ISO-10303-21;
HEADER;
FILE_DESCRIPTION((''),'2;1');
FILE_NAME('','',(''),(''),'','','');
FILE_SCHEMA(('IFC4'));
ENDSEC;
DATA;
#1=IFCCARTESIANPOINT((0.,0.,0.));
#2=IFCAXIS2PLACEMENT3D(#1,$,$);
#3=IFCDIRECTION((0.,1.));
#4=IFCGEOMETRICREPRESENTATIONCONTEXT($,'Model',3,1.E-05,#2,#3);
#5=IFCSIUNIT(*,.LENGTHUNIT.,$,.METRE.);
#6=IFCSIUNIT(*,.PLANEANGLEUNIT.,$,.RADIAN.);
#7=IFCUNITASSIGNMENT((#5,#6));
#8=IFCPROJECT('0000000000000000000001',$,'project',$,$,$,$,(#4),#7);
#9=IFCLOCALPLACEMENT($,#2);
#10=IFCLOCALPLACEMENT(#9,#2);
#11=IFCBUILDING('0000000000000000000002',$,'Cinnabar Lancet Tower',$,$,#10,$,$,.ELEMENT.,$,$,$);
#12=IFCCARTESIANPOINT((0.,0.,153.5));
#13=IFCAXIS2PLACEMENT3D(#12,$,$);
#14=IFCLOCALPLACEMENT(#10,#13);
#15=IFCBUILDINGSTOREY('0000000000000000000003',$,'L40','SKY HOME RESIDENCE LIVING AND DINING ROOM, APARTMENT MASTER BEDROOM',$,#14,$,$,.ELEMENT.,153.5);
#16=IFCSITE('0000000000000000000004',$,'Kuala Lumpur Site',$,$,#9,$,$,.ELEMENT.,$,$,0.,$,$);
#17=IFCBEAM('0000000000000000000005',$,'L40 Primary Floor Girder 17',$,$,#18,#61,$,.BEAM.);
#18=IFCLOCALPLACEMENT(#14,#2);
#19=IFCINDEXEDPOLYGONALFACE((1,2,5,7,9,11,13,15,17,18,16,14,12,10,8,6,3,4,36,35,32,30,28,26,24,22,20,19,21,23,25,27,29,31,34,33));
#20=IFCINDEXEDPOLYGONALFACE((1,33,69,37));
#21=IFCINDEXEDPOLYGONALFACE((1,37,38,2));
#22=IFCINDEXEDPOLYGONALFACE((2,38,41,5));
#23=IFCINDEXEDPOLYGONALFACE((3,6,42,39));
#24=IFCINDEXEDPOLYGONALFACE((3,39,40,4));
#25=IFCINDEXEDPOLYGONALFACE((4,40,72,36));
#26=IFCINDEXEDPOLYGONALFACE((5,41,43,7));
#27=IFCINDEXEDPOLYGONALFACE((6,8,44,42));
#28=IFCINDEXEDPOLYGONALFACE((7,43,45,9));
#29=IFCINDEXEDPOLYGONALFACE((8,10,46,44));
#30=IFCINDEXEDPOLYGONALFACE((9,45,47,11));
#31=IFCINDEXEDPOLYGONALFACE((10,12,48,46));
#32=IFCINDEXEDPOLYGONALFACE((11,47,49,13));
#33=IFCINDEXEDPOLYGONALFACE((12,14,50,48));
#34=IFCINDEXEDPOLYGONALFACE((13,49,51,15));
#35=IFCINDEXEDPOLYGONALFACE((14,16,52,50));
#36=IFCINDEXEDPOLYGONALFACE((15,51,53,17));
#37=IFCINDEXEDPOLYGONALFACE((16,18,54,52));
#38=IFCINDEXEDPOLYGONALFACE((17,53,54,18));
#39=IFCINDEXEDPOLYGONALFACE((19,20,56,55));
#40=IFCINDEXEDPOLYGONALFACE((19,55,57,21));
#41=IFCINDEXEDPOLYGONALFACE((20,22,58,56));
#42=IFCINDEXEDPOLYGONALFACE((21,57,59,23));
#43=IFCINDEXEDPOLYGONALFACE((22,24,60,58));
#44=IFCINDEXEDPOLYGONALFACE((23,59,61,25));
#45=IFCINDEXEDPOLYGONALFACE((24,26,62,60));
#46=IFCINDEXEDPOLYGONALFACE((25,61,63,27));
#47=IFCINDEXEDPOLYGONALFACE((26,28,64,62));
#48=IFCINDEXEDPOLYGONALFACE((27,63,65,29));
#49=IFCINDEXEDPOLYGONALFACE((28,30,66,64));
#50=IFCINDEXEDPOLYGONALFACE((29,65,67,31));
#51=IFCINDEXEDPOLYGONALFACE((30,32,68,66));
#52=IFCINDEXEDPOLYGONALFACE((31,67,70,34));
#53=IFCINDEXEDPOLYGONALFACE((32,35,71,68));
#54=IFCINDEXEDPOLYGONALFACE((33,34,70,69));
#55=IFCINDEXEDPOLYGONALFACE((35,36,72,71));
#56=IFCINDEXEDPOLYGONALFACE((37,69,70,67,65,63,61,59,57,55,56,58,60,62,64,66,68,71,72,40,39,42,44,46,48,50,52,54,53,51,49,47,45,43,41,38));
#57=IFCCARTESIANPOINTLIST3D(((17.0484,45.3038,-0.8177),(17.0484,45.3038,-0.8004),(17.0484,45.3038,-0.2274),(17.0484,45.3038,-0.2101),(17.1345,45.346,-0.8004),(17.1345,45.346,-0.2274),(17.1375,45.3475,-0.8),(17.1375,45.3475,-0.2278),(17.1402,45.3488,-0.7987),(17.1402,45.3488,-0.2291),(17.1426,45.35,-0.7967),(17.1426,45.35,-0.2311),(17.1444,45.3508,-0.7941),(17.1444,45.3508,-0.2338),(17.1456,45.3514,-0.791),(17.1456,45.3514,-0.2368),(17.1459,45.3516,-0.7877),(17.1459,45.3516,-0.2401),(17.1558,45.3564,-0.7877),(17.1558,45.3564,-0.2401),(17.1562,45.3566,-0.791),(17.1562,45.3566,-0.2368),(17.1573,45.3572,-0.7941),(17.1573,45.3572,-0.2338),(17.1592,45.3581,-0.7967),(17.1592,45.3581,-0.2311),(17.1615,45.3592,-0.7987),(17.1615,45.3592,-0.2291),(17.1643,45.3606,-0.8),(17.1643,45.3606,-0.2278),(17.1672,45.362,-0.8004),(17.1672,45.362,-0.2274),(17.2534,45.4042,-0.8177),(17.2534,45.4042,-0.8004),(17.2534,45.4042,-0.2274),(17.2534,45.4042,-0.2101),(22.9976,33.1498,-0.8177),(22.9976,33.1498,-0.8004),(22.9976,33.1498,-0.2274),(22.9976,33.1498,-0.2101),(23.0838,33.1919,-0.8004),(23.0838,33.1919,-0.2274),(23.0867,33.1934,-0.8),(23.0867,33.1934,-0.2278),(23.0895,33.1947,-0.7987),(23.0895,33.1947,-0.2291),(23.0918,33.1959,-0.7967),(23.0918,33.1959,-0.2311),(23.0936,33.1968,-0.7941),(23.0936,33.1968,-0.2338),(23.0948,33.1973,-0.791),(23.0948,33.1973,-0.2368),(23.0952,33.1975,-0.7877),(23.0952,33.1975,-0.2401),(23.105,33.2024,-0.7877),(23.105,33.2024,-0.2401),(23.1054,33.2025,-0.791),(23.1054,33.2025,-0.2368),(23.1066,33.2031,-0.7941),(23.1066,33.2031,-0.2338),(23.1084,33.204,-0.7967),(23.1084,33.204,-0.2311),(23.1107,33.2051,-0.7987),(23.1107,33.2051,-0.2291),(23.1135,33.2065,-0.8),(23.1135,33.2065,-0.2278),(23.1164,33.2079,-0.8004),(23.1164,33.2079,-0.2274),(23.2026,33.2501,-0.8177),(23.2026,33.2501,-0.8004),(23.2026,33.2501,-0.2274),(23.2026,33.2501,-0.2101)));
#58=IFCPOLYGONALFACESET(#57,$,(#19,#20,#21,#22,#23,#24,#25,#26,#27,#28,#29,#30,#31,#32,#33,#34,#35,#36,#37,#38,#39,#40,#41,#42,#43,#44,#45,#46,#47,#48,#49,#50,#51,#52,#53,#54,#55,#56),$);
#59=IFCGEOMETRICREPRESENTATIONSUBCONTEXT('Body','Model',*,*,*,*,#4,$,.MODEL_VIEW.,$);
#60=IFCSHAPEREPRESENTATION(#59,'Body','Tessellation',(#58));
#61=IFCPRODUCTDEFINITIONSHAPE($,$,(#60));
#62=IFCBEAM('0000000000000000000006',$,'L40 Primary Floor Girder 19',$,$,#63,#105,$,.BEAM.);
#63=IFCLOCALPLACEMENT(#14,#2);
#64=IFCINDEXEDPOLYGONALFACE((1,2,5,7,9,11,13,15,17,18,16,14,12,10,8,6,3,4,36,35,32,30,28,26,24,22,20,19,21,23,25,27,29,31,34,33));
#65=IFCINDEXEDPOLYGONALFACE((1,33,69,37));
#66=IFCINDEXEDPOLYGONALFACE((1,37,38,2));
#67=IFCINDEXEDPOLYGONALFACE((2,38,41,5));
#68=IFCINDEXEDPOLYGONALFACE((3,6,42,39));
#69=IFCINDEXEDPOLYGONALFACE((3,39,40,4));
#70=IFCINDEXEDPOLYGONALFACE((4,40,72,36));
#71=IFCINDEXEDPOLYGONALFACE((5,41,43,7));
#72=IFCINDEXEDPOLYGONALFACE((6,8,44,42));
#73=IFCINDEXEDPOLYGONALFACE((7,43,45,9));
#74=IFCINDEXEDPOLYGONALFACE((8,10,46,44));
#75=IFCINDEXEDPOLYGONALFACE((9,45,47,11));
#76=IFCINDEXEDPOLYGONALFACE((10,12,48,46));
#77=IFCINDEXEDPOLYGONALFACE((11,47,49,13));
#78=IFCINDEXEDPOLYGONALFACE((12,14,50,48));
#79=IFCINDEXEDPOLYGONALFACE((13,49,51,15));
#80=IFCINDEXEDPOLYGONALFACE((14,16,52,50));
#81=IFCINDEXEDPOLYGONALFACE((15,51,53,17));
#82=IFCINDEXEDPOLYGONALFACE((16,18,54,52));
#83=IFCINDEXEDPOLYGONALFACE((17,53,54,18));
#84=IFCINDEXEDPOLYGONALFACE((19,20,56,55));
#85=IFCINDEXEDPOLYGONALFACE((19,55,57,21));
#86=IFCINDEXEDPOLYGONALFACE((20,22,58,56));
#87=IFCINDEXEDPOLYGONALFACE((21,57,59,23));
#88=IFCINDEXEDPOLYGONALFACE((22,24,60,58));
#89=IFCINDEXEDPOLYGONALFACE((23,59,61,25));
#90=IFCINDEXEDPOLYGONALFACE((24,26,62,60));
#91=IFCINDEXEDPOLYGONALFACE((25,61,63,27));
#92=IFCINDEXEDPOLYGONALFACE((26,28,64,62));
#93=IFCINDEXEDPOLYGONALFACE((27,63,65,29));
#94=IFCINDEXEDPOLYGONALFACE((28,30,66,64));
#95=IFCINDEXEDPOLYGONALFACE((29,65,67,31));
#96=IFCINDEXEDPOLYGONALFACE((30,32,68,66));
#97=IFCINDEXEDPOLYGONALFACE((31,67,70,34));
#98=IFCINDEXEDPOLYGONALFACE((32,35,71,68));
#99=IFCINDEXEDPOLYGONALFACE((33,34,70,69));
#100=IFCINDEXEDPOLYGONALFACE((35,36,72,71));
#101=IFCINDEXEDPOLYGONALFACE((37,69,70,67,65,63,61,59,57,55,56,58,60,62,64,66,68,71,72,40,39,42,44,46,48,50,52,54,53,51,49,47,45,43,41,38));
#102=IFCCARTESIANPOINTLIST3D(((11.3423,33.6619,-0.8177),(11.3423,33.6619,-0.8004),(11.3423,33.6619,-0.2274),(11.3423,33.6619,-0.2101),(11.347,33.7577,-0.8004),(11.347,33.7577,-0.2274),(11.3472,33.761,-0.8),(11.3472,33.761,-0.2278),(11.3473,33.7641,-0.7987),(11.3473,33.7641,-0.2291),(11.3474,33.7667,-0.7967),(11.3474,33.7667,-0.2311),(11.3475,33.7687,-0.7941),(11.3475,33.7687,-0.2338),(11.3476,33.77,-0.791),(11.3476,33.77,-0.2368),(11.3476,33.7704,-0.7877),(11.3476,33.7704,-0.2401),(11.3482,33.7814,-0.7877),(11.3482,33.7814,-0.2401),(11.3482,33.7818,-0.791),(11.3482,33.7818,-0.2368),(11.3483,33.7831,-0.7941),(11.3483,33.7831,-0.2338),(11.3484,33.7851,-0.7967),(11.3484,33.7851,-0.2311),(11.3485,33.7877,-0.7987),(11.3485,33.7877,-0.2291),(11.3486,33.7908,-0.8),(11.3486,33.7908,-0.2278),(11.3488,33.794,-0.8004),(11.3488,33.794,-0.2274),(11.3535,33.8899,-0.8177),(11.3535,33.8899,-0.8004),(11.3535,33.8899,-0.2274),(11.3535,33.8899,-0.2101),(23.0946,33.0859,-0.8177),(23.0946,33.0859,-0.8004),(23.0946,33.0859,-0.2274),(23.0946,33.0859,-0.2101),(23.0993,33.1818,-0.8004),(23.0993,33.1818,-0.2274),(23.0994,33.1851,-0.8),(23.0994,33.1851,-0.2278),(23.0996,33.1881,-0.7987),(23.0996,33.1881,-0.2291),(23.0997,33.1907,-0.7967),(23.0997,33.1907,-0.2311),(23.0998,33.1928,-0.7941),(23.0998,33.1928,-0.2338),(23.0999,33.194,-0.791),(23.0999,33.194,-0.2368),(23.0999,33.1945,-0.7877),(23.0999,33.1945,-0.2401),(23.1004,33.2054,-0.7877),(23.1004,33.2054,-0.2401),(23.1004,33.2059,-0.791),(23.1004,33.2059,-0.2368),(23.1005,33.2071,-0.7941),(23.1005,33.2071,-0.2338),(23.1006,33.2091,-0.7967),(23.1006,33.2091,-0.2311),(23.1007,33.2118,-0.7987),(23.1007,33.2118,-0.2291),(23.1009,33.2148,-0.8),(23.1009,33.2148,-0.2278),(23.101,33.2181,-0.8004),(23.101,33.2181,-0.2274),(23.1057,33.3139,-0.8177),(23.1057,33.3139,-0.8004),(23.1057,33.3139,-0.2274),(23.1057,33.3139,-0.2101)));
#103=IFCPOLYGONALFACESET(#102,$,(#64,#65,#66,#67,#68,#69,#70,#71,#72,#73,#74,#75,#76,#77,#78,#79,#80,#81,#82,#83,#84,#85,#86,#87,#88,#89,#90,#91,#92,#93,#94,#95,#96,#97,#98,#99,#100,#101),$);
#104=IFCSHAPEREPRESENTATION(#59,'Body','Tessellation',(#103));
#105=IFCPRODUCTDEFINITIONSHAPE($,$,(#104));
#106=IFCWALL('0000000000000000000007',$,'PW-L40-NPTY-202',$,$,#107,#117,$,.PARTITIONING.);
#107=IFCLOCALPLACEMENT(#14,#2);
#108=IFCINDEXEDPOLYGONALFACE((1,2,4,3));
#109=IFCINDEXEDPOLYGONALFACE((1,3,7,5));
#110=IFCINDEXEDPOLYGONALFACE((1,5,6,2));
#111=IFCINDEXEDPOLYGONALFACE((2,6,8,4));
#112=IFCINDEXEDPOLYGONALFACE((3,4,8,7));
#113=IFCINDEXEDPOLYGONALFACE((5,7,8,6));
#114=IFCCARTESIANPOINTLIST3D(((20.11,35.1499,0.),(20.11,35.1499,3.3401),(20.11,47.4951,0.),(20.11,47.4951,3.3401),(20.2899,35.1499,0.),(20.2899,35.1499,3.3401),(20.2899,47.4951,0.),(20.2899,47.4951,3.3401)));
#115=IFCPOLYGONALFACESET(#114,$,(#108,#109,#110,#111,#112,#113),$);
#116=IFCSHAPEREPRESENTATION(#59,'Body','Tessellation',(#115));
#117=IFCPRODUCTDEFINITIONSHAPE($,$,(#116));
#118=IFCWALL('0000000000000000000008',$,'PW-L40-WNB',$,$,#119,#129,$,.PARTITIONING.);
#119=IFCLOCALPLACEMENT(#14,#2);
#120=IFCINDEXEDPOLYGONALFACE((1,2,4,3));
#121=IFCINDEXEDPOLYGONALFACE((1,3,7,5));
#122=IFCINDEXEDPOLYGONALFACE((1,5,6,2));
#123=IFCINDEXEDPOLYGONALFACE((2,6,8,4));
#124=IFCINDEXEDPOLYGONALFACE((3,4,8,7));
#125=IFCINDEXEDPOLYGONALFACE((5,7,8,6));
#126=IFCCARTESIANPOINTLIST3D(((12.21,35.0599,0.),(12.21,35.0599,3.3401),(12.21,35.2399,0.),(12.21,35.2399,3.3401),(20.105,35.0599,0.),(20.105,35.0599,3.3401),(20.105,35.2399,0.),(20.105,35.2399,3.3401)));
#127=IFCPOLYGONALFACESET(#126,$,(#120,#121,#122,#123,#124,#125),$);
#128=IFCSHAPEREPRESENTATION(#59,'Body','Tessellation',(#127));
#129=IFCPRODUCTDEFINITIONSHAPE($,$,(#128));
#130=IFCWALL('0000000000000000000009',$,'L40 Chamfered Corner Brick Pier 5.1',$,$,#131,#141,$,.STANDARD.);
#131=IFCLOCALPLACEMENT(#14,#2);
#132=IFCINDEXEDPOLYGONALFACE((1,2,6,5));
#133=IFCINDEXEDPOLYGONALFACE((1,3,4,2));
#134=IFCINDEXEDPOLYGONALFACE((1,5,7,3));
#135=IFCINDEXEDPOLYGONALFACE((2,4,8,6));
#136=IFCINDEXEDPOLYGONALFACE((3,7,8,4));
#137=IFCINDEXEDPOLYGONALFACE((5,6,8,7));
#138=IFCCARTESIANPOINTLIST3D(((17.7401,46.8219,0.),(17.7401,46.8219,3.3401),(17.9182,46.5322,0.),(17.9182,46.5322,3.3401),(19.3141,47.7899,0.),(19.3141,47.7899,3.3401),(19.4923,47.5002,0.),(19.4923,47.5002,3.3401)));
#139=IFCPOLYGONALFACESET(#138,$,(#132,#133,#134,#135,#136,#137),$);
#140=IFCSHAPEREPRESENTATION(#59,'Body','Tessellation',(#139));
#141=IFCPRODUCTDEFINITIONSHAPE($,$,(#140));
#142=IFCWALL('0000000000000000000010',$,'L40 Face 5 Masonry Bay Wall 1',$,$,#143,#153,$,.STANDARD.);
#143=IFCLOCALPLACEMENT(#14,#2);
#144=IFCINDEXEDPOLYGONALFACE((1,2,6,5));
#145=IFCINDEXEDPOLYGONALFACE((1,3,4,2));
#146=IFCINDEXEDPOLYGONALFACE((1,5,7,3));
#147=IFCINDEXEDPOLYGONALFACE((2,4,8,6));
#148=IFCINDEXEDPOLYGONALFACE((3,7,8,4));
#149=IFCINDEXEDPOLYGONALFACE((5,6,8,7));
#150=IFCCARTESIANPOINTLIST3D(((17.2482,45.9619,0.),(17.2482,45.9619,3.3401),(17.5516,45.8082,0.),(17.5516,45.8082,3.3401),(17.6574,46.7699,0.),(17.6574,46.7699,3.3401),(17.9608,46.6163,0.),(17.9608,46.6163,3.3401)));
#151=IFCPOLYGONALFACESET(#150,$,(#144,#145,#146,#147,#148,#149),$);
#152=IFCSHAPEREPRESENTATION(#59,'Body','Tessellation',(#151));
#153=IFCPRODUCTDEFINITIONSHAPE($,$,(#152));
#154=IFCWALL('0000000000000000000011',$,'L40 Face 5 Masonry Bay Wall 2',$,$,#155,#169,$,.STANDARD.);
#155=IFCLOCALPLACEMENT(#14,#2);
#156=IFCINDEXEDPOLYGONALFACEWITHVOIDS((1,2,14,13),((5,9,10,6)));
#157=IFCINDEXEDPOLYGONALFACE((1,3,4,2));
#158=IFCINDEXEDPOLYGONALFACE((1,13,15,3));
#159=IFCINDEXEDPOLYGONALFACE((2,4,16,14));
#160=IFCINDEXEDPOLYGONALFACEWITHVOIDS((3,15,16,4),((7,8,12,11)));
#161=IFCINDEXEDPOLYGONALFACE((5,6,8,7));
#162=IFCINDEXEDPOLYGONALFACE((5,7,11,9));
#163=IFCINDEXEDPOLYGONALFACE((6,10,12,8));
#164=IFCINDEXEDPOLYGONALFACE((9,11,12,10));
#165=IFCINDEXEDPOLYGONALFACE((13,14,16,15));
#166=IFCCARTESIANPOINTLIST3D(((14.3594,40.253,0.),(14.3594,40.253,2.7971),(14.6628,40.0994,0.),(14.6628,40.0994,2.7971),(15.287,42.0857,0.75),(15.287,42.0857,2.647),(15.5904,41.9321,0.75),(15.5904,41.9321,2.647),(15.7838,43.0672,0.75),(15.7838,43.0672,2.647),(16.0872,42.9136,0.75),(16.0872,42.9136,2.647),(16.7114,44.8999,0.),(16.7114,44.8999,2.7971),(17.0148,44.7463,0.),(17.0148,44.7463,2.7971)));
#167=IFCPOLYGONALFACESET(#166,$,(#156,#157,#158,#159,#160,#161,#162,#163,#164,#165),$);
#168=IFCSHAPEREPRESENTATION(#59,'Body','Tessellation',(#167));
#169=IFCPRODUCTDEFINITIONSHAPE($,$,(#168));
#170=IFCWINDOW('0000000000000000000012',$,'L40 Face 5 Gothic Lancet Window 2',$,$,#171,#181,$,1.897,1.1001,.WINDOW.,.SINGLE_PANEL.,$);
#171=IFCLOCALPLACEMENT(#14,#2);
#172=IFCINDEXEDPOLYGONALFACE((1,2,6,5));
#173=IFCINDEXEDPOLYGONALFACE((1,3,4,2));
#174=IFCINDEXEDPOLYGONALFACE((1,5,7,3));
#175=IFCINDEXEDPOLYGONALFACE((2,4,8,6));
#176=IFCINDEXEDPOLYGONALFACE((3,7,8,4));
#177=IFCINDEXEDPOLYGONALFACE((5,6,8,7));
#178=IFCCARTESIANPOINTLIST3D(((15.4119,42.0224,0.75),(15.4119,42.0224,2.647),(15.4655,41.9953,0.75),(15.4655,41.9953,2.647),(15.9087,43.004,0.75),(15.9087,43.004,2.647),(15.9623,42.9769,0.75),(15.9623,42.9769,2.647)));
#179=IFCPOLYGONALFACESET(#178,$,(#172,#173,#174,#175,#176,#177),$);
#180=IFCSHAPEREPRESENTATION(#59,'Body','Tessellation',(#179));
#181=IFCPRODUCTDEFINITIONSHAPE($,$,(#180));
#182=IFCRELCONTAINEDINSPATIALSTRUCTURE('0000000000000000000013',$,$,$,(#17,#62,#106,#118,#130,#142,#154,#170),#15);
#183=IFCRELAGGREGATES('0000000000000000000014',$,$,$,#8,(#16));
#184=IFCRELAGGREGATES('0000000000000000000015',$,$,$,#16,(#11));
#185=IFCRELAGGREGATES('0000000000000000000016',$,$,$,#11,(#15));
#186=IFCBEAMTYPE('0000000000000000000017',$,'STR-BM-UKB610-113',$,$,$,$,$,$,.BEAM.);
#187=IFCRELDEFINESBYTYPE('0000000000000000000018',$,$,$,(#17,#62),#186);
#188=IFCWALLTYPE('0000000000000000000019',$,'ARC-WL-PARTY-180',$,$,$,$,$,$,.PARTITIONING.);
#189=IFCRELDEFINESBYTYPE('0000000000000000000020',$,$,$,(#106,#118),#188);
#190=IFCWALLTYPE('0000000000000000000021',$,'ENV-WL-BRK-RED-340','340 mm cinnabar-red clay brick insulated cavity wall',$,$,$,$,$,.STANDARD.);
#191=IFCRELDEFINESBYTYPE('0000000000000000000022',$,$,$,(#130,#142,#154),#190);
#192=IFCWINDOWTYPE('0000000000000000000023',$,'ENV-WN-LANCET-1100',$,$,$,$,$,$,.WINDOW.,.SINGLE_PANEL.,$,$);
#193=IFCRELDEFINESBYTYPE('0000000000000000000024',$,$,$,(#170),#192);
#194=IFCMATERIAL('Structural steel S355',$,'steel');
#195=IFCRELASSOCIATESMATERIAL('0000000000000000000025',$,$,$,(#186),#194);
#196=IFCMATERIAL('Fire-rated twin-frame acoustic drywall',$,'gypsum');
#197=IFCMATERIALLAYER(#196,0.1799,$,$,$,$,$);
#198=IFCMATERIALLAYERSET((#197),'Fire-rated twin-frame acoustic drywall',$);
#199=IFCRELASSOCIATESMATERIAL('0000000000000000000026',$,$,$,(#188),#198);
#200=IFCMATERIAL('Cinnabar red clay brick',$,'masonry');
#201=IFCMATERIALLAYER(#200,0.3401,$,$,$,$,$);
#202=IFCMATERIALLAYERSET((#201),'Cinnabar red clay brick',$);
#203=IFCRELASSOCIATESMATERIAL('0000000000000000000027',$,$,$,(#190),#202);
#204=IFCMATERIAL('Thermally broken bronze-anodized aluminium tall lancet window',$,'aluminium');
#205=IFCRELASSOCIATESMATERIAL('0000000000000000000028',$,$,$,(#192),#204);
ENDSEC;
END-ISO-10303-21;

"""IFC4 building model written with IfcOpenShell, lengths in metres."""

from ifc_helpers import new_model, si_unit, direction, frame, frame_2d, origin, origin_2d, place, context, subcontext, project, spatial, rectangle, i_section, extrude, material, layer, layer_set, material_profile, profile_set, type_object, element, fill, save


model = new_model("IFC4")

# Units and contexts
model_context = context("Model", 3, precision=1e-05, world=origin(), true_north=direction((0.0, 1.0)))
body_context = subcontext(model_context, "Body", "Model", "MODEL_VIEW")
ifc_project = project(units=[si_unit("LENGTHUNIT", "METRE"), si_unit("PLANEANGLEUNIT", "RADIAN")], contexts=[model_context])

# Site, building, storey
site_placement = place(None, origin())
site = spatial("IfcSite", under=ifc_project, at=site_placement, Name="Kuala Lumpur Site", CompositionType="ELEMENT", RefElevation=0.0)
building_placement = place(site_placement, origin())
building = spatial("IfcBuilding", under=site, at=building_placement, Name="Cinnabar Lancet Tower", CompositionType="ELEMENT")
storey_placement = place(building_placement, frame((0.0, 0.0, 153.5)))
storey = spatial("IfcBuildingStorey", under=building, at=storey_placement, Name="L40", Description="SKY HOME RESIDENCE LIVING AND DINING ROOM, APARTMENT MASTER BEDROOM", CompositionType="ELEMENT", Elevation=153.5)

# Beams
ifc_material_1 = material(Name="Structural steel S355", Category="steel")
ifc_material_profile_1 = material_profile(ifc_material_1, i_section(OverallWidth=0.2283, OverallDepth=0.6077, WebThickness=0.011, FlangeThickness=0.0173, FilletRadius=0.0127, at=origin_2d()), Name="UKB 610x229x113")
ifc_profile_set_1 = profile_set([ifc_material_profile_1], Name="Structural steel S355")
beam_type_1 = type_object("IfcBeamType", Name="STR-BM-UKB610-113", PredefinedType="BEAM", material=ifc_profile_set_1)
beam_1_placement = place(storey_placement, frame((17.1509, 45.354, -0.5139), z_axis=(0.439642, -0.898173, 0.0), x_axis=(0.898173, 0.439642, 0.0)))
element("IfcBeam", 1, at=beam_1_placement, inside=storey, type_object=beam_type_1, Name="L40 Primary Floor Girder 17", PredefinedType="BEAM", context=body_context, shape_type="SweptSolid", body=[
    extrude(i_section(OverallWidth=0.2283, OverallDepth=0.6077, WebThickness=0.011, FlangeThickness=0.0173, FilletRadius=0.0127, at=origin_2d()), origin(), (0.0, 0.0, 1.0), 13.532),
])
beam_2_placement = place(storey_placement, frame((11.3479, 33.7759, -0.5139), z_axis=(0.998801, -0.048947, 0.0), x_axis=(0.048947, 0.998801, 0.0)))
element("IfcBeam", 2, at=beam_2_placement, inside=storey, type_object=beam_type_1, Name="L40 Primary Floor Girder 19", PredefinedType="BEAM", context=body_context, shape_type="SweptSolid", body=[
    extrude(i_section(OverallWidth=0.2283, OverallDepth=0.6077, WebThickness=0.011, FlangeThickness=0.0173, FilletRadius=0.0127, at=origin_2d()), origin(), (0.0, 0.0, 1.0), 11.7664),
])

# Walls
ifc_material_2 = material(Name="Fire-rated twin-frame acoustic drywall", Category="gypsum")
ifc_layer_1 = layer(ifc_material_2, 0.1799)
ifc_layer_set_1 = layer_set([ifc_layer_1], Name="Fire-rated twin-frame acoustic drywall")
wall_type_1 = type_object("IfcWallType", Name="ARC-WL-PARTY-180", PredefinedType="PARTITIONING", material=ifc_layer_set_1)
wall_1_placement = place(storey_placement, frame((20.2, 35.1499, 0.0), z_axis=(0.0, 0.0, 1.0), x_axis=(0.0, 1.0, 0.0)))
element("IfcWall", 3, at=wall_1_placement, inside=storey, type_object=wall_type_1, Name="PW-L40-NPTY-202", PredefinedType="PARTITIONING", context=body_context, shape_type="SweptSolid", body=[
    extrude(rectangle(XDim=12.3452, YDim=0.1799, at=frame_2d((6.1726, 0.0))), origin(), (0.0, 0.0, 1.0), 3.3401),
])
wall_2_placement = place(storey_placement, frame((12.21, 35.1499, 0.0), z_axis=(0.0, 0.0, 1.0), x_axis=(1.0, 0.0, 0.0)))
element("IfcWall", 4, at=wall_2_placement, inside=storey, type_object=wall_type_1, Name="PW-L40-WNB", PredefinedType="PARTITIONING", context=body_context, shape_type="SweptSolid", body=[
    extrude(rectangle(XDim=7.895, YDim=0.1799, at=frame_2d((3.9475, 0.0))), origin(), (0.0, 0.0, 1.0), 3.3401),
])
ifc_material_3 = material(Name="Cinnabar red clay brick", Category="masonry")
ifc_layer_2 = layer(ifc_material_3, 0.3401)
ifc_layer_set_2 = layer_set([ifc_layer_2], Name="Cinnabar red clay brick")
wall_type_2 = type_object("IfcWallType", Name="ENV-WL-BRK-RED-340", Description="340 mm cinnabar-red clay brick insulated cavity wall", PredefinedType="STANDARD", material=ifc_layer_set_2)
wall_3_placement = place(storey_placement, frame((19.4031, 47.645, 0.0), z_axis=(0.0, 0.0, 1.0), x_axis=(-0.851799, -0.523869, 0.0)))
element("IfcWall", 5, at=wall_3_placement, inside=storey, type_object=wall_type_2, Name="L40 Chamfered Corner Brick Pier 5.1", PredefinedType="STANDARD", context=body_context, shape_type="SweptSolid", body=[
    extrude(rectangle(XDim=1.8479, YDim=0.3401, at=frame_2d((0.9238, 0.0))), origin(), (0.0, 0.0, 1.0), 3.3401),
])
wall_4_placement = place(storey_placement, frame((17.8091, 46.6931, 0.0), z_axis=(0.0, 0.0, 1.0), x_axis=(-0.451736, -0.892152, 0.0)))
element("IfcWall", 6, at=wall_4_placement, inside=storey, type_object=wall_type_2, Name="L40 Face 5 Masonry Bay Wall 1", PredefinedType="STANDARD", context=body_context, shape_type="SweptSolid", body=[
    extrude(rectangle(XDim=0.9058, YDim=0.3401, at=frame_2d((0.4529, 0.0))), origin(), (0.0, 0.0, 1.0), 3.3401),
])

# Wall, opening, window
wall_5_placement = place(storey_placement, frame((16.863, 44.823, 0.0), z_axis=(0.0, 0.0, 1.0), x_axis=(-0.451596, -0.892223, 0.0)))
wall_5 = element("IfcWall", 7, at=wall_5_placement, inside=storey, type_object=wall_type_2, Name="L40 Face 5 Masonry Bay Wall 2", PredefinedType="STANDARD", context=body_context, shape_type="SweptSolid", body=[
    extrude(rectangle(XDim=5.2083, YDim=0.3401, at=frame_2d((2.604, 0.0))), origin(), (0.0, 0.0, 1.0), 2.7971),
])
opening_1_placement = place(wall_5_placement, frame((2.054, 0.0, 0.75)))
opening_1 = element("IfcOpeningElement", 8, at=opening_1_placement, cuts=wall_5, PredefinedType="OPENING", context=body_context, shape_type="SweptSolid", body=[
    extrude(rectangle(XDim=1.1001, YDim=1.897, at=frame_2d((0.55, 0.9485))), frame((0.0, 0.1799, 0.0), z_axis=(0.0, -1.0, 0.0), x_axis=(1.0, 0.0, 0.0)), (0.0, 0.0, 1.0), 0.3601),
])
ifc_material_4 = material(Name="Thermally broken bronze-anodized aluminium tall lancet window", Category="aluminium")
window_type = type_object("IfcWindowType", Name="ENV-WN-LANCET-1100", PartitioningType="SINGLE_PANEL", PredefinedType="WINDOW", material=ifc_material_4)
window_1_placement = place(opening_1_placement, origin())
window_1 = element("IfcWindow", 9, at=window_1_placement, inside=storey, type_object=window_type, Name="L40 Face 5 Gothic Lancet Window 2", OverallHeight=1.897, OverallWidth=1.1001, PartitioningType="SINGLE_PANEL", PredefinedType="WINDOW", context=body_context, shape_type="SweptSolid", body=[
    extrude(rectangle(XDim=1.1001, YDim=1.897, at=frame_2d((0.55, 0.9485))), frame((0.0, 0.03, 0.0), z_axis=(0.0, -1.0, 0.0), x_axis=(1.0, 0.0, 0.0)), (0.0, 0.0, 1.0), 0.0601),
])
fill(opening_1, window_1)

save(model, "model.ifc")
